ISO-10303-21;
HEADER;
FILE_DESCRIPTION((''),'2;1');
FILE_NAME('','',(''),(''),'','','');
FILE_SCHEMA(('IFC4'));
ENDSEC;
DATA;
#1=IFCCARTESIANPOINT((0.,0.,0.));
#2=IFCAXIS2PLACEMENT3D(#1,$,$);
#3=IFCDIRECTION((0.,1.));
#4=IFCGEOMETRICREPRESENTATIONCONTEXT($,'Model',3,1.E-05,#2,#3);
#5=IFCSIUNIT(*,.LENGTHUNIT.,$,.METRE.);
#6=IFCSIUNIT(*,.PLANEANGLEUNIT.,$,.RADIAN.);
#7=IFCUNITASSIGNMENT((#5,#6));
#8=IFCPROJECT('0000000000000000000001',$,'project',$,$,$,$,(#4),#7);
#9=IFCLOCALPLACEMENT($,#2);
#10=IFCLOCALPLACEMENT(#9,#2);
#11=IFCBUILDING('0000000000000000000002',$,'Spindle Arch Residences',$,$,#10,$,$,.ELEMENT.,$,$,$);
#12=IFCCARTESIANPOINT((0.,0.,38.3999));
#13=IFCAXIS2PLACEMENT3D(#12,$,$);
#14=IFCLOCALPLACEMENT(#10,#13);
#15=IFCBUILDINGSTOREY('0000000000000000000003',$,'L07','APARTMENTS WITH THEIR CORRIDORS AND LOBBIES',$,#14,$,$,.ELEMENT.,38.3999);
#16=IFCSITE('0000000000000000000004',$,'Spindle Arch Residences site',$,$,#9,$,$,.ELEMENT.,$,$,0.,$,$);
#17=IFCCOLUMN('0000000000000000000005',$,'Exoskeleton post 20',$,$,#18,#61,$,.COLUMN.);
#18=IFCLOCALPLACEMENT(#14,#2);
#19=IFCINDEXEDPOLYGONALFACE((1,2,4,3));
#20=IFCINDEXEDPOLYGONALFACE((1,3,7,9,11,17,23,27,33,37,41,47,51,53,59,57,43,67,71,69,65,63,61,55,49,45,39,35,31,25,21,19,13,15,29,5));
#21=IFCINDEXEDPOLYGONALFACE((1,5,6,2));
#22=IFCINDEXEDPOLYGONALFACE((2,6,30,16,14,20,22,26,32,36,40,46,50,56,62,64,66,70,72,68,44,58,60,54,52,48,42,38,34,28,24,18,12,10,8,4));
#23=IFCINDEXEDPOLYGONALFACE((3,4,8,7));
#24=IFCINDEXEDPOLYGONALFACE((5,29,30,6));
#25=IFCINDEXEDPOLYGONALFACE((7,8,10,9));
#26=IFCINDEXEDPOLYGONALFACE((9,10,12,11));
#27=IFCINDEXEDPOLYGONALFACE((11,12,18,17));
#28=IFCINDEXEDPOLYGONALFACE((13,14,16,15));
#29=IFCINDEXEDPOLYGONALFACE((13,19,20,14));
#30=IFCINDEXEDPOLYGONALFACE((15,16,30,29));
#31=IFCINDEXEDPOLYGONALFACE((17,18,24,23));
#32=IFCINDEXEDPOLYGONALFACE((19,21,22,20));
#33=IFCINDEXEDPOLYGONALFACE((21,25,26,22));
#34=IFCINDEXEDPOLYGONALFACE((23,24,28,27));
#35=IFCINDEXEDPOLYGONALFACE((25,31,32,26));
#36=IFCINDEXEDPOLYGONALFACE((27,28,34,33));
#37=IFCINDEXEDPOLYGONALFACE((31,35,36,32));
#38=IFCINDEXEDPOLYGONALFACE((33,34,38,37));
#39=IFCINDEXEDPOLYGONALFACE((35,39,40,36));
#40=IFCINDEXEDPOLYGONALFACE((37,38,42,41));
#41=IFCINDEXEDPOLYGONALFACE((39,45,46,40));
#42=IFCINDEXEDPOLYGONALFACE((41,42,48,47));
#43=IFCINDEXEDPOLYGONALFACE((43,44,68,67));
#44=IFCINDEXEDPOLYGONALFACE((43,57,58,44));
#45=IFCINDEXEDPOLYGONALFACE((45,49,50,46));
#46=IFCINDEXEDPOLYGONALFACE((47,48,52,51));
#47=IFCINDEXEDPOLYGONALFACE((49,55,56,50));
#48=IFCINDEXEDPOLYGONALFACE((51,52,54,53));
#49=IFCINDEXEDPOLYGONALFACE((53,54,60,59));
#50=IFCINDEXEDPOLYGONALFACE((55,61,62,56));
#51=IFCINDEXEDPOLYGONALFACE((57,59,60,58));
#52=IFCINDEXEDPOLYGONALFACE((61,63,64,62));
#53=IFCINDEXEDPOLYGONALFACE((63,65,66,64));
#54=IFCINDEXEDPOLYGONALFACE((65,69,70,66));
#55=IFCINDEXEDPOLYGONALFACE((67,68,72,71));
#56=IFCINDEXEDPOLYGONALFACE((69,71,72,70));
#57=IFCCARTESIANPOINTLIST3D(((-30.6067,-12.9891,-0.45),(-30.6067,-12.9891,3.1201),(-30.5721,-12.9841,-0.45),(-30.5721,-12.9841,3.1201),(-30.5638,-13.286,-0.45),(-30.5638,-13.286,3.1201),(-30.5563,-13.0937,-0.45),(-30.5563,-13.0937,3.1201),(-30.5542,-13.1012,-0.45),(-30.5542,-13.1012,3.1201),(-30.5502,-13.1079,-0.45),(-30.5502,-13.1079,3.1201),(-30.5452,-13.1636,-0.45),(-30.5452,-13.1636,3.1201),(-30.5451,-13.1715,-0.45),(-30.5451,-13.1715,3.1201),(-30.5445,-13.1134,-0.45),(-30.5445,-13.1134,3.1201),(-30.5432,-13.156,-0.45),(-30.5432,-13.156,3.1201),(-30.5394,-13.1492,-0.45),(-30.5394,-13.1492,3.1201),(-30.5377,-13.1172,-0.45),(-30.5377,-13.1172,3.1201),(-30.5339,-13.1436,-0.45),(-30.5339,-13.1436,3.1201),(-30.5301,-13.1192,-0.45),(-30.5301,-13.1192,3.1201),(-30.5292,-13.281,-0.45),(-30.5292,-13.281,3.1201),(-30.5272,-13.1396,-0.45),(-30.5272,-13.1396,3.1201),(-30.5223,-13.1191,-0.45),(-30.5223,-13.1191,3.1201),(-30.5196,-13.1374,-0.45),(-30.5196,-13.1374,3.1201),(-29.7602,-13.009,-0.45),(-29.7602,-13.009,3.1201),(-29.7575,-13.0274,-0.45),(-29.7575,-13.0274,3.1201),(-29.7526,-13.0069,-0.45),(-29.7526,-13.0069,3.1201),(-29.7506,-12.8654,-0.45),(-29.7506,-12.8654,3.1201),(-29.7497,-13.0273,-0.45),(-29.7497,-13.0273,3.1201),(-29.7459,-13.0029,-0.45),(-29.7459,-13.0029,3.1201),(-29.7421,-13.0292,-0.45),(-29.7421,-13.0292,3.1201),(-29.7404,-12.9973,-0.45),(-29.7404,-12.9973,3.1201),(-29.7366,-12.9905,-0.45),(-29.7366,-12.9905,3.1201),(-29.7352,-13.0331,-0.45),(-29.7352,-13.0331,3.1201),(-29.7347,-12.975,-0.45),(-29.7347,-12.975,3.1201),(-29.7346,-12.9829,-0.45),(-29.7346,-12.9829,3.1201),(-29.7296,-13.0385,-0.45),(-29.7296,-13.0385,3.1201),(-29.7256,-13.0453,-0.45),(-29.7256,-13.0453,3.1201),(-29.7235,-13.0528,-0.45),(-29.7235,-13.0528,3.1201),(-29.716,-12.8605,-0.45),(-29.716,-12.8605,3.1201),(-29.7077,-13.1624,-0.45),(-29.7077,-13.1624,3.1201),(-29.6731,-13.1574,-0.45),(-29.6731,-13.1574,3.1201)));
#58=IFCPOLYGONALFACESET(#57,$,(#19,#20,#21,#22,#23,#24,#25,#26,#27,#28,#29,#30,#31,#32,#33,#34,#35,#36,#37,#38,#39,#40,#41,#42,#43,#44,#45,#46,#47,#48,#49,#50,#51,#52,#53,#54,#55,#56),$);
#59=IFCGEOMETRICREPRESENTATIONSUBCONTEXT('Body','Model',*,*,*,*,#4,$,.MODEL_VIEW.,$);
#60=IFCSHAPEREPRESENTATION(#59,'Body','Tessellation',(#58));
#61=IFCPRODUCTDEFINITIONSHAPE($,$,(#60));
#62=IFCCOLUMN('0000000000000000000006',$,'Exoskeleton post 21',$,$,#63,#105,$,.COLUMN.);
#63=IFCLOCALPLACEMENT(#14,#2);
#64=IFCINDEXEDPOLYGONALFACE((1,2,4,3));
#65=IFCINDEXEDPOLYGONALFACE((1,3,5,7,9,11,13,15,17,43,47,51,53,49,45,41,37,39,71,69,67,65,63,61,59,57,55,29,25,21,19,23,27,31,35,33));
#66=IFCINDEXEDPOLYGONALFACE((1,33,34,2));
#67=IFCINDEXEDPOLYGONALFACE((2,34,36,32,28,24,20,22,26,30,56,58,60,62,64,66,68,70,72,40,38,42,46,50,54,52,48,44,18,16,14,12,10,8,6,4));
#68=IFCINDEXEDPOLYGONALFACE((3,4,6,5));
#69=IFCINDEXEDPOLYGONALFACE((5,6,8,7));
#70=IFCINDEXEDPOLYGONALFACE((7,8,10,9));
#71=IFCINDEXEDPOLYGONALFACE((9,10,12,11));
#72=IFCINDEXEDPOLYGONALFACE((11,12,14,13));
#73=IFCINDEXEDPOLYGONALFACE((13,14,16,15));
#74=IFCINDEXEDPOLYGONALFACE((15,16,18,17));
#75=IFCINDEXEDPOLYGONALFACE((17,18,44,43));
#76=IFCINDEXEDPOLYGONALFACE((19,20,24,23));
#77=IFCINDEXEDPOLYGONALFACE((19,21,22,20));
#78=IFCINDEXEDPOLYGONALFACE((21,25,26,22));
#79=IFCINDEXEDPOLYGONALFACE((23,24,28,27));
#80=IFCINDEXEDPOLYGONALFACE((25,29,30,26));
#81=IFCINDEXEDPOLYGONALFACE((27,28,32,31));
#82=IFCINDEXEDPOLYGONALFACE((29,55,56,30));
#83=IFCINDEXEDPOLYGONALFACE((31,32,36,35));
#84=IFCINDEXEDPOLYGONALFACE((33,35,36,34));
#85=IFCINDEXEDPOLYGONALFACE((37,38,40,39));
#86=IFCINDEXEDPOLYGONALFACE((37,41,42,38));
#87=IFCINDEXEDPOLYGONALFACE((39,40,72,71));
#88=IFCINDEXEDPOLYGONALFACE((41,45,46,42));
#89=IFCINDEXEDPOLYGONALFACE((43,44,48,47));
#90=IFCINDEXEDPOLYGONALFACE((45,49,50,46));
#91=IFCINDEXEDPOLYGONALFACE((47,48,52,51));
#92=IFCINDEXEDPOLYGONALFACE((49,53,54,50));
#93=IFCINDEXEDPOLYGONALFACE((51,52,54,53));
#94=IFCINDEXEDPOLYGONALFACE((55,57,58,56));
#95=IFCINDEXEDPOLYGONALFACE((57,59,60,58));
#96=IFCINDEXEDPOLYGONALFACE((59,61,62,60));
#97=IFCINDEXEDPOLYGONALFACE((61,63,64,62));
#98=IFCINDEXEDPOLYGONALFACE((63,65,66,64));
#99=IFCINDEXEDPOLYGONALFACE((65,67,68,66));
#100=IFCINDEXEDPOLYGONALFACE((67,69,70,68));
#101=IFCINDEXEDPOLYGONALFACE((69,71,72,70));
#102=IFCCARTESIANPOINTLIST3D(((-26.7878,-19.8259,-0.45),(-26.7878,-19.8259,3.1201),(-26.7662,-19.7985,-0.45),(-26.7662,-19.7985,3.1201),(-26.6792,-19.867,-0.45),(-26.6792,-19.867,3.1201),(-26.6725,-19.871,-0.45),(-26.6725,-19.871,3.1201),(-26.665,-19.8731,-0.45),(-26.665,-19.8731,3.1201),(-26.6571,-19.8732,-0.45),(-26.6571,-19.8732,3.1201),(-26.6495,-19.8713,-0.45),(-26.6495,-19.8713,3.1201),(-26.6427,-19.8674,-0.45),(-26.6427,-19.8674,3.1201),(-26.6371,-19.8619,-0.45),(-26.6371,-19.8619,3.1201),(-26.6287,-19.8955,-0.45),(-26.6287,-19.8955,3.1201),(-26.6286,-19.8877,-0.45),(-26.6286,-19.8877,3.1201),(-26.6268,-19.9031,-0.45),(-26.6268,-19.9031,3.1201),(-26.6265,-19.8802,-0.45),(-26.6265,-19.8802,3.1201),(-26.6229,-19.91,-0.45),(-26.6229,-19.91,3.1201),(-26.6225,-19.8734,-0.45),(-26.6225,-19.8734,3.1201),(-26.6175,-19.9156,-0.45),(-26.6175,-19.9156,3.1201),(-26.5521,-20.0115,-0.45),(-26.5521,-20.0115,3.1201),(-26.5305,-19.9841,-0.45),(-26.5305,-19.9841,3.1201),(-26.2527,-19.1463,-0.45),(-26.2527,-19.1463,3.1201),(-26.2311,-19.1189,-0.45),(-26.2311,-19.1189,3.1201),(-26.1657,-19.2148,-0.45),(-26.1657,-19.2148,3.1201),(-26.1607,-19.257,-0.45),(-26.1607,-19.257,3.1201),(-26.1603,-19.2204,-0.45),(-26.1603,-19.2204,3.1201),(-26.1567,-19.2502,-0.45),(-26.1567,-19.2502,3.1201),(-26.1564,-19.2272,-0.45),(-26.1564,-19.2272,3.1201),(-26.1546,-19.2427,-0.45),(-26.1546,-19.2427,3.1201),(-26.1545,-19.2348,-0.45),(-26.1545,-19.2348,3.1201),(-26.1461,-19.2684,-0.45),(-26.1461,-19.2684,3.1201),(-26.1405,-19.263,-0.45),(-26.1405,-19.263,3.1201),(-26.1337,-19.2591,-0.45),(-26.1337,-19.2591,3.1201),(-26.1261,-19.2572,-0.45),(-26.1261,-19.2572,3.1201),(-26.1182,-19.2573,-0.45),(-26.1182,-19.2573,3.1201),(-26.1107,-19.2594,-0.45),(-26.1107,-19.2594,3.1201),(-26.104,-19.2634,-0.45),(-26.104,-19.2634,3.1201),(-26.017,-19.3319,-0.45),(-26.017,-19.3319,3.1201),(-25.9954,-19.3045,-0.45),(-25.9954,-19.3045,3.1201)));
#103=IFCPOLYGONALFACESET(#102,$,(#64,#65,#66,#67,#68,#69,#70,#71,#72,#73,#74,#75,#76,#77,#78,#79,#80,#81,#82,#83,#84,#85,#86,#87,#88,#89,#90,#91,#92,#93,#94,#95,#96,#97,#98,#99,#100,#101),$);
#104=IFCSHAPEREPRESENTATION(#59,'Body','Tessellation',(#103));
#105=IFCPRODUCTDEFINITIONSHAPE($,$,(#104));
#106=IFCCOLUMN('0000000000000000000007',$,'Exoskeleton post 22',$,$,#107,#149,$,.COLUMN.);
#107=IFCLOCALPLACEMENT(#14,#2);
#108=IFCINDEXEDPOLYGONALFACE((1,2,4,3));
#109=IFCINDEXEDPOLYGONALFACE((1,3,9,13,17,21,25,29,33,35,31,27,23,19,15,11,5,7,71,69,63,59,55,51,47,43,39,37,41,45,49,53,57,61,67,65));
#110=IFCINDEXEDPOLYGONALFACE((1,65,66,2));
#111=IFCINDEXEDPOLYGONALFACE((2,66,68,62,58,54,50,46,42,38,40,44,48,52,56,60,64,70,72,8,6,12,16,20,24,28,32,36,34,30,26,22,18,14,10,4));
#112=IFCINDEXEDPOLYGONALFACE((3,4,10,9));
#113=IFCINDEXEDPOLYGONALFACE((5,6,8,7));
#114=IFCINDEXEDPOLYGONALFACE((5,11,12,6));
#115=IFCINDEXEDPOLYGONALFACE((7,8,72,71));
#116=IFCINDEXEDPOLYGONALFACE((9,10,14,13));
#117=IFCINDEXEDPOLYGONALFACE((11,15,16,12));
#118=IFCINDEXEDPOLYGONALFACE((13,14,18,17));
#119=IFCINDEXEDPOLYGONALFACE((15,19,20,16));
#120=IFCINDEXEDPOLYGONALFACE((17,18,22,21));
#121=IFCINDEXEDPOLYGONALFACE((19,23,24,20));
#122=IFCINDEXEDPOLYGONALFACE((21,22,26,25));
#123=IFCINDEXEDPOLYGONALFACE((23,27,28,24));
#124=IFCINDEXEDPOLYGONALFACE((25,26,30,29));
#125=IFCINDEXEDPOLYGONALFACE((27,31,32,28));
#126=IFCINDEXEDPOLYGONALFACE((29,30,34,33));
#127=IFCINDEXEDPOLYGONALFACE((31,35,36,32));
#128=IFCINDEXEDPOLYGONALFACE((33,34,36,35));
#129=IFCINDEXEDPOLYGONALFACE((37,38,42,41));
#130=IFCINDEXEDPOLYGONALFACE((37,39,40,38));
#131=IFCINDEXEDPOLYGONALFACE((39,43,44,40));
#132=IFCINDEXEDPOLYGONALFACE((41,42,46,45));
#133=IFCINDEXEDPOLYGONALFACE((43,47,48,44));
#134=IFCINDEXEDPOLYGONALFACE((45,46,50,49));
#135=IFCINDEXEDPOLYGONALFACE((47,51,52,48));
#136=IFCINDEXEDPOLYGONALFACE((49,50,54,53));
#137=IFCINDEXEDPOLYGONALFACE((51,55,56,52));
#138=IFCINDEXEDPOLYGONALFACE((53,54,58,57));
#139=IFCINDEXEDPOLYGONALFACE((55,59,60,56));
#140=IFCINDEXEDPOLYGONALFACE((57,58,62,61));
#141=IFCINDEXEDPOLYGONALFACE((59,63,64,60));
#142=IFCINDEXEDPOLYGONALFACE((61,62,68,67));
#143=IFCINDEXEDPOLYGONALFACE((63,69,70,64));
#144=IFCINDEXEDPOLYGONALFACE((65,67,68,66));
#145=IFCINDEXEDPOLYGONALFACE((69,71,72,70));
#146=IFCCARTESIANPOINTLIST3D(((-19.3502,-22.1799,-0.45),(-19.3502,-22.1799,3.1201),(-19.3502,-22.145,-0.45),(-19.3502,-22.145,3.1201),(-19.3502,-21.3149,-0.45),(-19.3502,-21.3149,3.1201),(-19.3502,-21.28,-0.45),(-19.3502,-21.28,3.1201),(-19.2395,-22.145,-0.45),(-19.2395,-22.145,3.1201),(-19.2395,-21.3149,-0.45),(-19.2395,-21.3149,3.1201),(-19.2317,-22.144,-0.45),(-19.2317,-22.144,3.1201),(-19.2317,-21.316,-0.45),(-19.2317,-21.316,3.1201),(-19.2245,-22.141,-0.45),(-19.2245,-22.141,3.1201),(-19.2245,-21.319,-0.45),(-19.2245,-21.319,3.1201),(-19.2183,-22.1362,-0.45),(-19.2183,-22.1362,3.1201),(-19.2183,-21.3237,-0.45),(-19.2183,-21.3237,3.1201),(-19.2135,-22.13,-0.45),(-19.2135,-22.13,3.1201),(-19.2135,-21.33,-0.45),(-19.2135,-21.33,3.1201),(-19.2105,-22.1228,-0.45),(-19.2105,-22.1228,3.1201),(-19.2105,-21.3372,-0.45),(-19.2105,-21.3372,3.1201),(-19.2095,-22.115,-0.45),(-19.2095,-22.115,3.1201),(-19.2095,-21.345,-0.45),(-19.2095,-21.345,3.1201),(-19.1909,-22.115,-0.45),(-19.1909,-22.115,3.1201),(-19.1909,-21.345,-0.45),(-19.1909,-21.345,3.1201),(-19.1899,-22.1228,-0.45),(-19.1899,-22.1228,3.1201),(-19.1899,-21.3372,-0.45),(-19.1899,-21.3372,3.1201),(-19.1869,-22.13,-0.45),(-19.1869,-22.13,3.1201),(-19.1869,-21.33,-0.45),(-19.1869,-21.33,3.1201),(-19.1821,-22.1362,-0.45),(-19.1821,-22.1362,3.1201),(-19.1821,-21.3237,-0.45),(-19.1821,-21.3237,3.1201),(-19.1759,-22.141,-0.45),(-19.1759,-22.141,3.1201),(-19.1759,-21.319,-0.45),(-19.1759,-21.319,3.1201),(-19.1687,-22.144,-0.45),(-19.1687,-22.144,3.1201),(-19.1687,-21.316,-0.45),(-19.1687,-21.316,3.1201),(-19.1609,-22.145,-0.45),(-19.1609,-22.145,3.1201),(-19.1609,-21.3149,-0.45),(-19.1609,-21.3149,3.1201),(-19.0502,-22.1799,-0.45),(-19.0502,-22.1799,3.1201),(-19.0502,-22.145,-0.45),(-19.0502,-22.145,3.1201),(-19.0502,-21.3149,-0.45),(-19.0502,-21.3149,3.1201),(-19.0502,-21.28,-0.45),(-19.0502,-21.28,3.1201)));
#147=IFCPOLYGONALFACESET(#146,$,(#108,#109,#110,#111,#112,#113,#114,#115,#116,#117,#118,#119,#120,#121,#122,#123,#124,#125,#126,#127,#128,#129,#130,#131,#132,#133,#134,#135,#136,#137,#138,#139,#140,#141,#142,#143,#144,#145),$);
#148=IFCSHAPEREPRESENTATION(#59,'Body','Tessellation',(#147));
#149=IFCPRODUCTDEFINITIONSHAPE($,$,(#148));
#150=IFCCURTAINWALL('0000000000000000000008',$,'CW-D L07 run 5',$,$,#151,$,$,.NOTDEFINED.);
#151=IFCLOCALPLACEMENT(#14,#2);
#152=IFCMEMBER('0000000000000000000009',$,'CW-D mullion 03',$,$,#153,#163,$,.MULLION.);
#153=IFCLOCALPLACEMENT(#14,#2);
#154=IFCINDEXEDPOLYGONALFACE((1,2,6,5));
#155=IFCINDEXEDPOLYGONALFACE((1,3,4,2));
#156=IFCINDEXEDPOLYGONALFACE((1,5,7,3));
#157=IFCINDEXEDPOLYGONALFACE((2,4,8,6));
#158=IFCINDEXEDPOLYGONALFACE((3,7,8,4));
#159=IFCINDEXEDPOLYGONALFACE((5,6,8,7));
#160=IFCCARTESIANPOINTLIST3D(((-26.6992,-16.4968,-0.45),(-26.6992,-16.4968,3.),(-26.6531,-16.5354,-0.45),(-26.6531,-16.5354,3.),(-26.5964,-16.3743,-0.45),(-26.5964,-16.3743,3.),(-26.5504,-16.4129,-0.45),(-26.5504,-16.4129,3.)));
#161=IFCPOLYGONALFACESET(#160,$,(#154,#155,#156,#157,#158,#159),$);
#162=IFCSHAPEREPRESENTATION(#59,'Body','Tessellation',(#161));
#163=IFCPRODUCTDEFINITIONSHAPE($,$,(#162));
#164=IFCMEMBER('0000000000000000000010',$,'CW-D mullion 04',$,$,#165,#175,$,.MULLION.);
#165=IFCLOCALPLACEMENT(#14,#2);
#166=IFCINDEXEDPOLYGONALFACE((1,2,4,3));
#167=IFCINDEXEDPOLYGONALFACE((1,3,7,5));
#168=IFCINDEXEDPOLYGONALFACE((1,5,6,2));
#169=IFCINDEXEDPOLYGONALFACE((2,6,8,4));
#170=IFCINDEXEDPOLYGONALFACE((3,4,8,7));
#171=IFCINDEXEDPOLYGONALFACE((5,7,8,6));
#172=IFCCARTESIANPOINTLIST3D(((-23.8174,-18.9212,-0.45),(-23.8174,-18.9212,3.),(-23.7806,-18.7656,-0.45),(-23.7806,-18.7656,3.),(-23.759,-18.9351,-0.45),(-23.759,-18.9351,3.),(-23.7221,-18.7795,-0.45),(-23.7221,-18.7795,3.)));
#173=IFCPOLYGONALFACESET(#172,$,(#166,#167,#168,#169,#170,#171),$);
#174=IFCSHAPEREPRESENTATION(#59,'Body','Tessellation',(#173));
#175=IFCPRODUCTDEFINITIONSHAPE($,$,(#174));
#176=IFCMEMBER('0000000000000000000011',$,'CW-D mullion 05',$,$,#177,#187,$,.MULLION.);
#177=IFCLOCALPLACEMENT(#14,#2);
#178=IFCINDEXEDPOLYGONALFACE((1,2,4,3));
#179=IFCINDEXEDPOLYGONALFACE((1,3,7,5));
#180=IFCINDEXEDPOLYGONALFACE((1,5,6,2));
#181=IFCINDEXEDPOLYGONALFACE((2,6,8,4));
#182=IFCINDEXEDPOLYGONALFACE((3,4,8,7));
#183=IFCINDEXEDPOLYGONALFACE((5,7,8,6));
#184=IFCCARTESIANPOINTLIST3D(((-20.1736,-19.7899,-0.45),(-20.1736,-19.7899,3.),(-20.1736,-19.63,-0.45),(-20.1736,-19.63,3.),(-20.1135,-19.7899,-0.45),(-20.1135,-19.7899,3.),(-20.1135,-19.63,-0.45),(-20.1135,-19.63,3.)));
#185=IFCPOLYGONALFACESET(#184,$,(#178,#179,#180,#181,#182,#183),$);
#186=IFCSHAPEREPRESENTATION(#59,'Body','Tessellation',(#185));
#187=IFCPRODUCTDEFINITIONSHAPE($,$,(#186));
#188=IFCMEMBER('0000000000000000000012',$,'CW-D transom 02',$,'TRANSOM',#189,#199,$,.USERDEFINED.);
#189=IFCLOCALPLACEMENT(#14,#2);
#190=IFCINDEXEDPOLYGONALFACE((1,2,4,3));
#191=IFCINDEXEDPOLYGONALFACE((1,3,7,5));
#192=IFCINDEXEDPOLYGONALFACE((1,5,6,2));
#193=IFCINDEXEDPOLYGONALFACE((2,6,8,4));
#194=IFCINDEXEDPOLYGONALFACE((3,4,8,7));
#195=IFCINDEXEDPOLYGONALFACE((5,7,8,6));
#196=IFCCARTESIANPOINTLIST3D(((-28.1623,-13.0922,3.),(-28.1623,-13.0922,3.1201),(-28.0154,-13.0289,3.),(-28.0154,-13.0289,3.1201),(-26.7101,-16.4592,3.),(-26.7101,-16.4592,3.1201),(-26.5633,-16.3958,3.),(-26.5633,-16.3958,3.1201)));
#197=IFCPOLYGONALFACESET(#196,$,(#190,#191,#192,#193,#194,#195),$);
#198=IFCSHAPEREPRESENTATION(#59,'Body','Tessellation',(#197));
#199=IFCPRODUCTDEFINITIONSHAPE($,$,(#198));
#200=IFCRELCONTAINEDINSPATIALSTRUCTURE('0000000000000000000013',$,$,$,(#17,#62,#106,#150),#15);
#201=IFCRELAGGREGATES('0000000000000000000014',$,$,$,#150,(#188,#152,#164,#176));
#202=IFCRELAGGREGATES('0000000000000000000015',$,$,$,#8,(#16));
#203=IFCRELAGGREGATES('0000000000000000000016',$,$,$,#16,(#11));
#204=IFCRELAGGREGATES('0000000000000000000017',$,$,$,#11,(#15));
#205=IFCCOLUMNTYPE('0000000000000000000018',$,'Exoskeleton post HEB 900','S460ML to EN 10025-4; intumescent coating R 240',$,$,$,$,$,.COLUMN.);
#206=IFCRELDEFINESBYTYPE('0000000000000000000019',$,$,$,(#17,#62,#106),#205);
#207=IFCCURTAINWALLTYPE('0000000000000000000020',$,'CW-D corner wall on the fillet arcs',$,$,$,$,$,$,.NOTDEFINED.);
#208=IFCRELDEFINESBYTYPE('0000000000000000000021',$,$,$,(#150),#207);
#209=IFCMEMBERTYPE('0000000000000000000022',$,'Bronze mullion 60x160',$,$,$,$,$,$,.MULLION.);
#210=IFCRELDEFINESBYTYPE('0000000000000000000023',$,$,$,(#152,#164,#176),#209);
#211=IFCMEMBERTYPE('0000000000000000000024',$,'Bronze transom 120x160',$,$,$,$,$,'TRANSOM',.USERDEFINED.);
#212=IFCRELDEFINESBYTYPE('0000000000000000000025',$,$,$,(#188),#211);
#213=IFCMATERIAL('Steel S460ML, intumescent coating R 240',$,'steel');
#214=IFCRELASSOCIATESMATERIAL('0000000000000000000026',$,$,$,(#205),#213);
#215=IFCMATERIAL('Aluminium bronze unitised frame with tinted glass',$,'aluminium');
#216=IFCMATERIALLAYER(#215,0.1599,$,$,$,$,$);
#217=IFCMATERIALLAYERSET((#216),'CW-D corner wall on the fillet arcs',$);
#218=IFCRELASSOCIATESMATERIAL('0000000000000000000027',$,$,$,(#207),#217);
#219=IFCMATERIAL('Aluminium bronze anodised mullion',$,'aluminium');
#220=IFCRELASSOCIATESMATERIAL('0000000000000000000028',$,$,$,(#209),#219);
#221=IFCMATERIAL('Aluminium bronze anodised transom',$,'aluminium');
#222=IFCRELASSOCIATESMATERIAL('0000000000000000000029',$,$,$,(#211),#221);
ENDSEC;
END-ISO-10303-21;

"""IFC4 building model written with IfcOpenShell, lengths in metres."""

from ifc_helpers import new_model, si_unit, direction, frame, origin, origin_2d, place, context, subcontext, project, spatial, rectangle, i_section, extrude, material, layer, layer_set, material_profile, profile_set, type_object, element, aggregate, save


model = new_model("IFC4")

# Units and contexts
model_context = context("Model", 3, precision=1e-05, world=origin(), true_north=direction((0.0, 1.0)))
body_context = subcontext(model_context, "Body", "Model", "MODEL_VIEW")
ifc_project = project(units=[si_unit("LENGTHUNIT", "METRE"), si_unit("PLANEANGLEUNIT", "RADIAN")], contexts=[model_context])

# Site, building, storey
site_placement = place(None, origin())
site = spatial("IfcSite", under=ifc_project, at=site_placement, Name="Spindle Arch Residences site", CompositionType="ELEMENT", RefElevation=0.0)
building_placement = place(site_placement, origin())
building = spatial("IfcBuilding", under=site, at=building_placement, Name="Spindle Arch Residences", CompositionType="ELEMENT")
storey_placement = place(building_placement, frame((0.0, 0.0, 38.3999)))
storey = spatial("IfcBuildingStorey", under=building, at=storey_placement, Name="L07", Description="APARTMENTS WITH THEIR CORRIDORS AND LOBBIES", CompositionType="ELEMENT", Elevation=38.3999)

# Columns
ifc_material_1 = material(Name="Steel S460ML, intumescent coating R 240", Category="steel")
ifc_material_profile_1 = material_profile(ifc_material_1, i_section(OverallWidth=0.3, OverallDepth=0.8999, WebThickness=0.0186, FlangeThickness=0.0349, FilletRadius=0.03, at=origin_2d()), Name="HEB 900")
ifc_profile_set_1 = profile_set([ifc_material_profile_1], Name="Steel S460ML, intumescent coating R 240")
column_type = type_object("IfcColumnType", Name="Exoskeleton post HEB 900", Description="S460ML to EN 10025-4; intumescent coating R 240", PredefinedType="COLUMN", material=ifc_profile_set_1)
for number, where, z_axis, x_axis, name in (
    (1, (-30.1399, -13.0732, -0.45), (0.0, 0.0, 1.0), (-0.142906, 0.989736, 0.0), "Exoskeleton post 20"),
    (2, (-26.3916, -19.5652, -0.45), (0.0, 0.0, 1.0), (-0.785684, 0.618629, 0.0), "Exoskeleton post 21"),
    (3, (-19.2002, -21.73, -0.45), (0.0, 0.0, 1.0), (-1.0, 0.0, 0.0), "Exoskeleton post 22"),
):
    element("IfcColumn", number, at=place(storey_placement, frame(where, z_axis=z_axis, x_axis=x_axis)), inside=storey, type_object=column_type, Name=name, PredefinedType="COLUMN", context=body_context, shape_type="SweptSolid", body=[
        extrude(i_section(OverallWidth=0.3, OverallDepth=0.8999, WebThickness=0.0186, FlangeThickness=0.0349, FilletRadius=0.03, at=origin_2d()), origin(), (0.0, 0.0, 1.0), 3.5701),
    ])

# Curtain wall, members
ifc_material_2 = material(Name="Aluminium bronze unitised frame with tinted glass", Category="aluminium")
ifc_layer_1 = layer(ifc_material_2, 0.1599)
ifc_layer_set_1 = layer_set([ifc_layer_1], Name="CW-D corner wall on the fillet arcs")
curtain_wall_type = type_object("IfcCurtainWallType", Name="CW-D corner wall on the fillet arcs", PredefinedType="NOTDEFINED", material=ifc_layer_set_1)
curtain_wall_placement = place(storey_placement, origin())
curtain_wall = element("IfcCurtainWall", 4, at=curtain_wall_placement, inside=storey, type_object=curtain_wall_type, Name="CW-D L07 run 5", PredefinedType="NOTDEFINED")
ifc_material_3 = material(Name="Aluminium bronze anodised mullion", Category="aluminium")
ifc_material_profile_2 = material_profile(ifc_material_3, rectangle(XDim=0.1599, YDim=0.0601, at=origin_2d()), Name="MU 60x160")
ifc_profile_set_2 = profile_set([ifc_material_profile_2], Name="Aluminium bronze anodised mullion")
member_type_1 = type_object("IfcMemberType", Name="Bronze mullion 60x160", PredefinedType="MULLION", material=ifc_profile_set_2)
member_1_placement = place(storey_placement, frame((-26.6248, -16.4548, -0.45), z_axis=(0.0, 0.0, 1.0), x_axis=(0.642788, 0.766044, 0.0)))
member_1 = element("IfcMember", 5, at=member_1_placement, type_object=member_type_1, Name="CW-D mullion 03", PredefinedType="MULLION", context=body_context, shape_type="SweptSolid", body=[
    extrude(rectangle(XDim=0.1599, YDim=0.0601, at=origin_2d()), origin(), (0.0, 0.0, 1.0), 3.45),
])
member_2_placement = place(storey_placement, frame((-23.7698, -18.8503, -0.45), z_axis=(0.0, 0.0, 1.0), x_axis=(0.230616, 0.973045, 0.0)))
member_2 = element("IfcMember", 6, at=member_2_placement, type_object=member_type_1, Name="CW-D mullion 04", PredefinedType="MULLION", context=body_context, shape_type="SweptSolid", body=[
    extrude(rectangle(XDim=0.1599, YDim=0.0601, at=origin_2d()), origin(), (0.0, 0.0, 1.0), 3.45),
])
member_3_placement = place(storey_placement, frame((-20.1436, -19.71, -0.45), z_axis=(0.0, 0.0, 1.0), x_axis=(0.0, 1.0, 0.0)))
member_3 = element("IfcMember", 7, at=member_3_placement, type_object=member_type_1, Name="CW-D mullion 05", PredefinedType="MULLION", context=body_context, shape_type="SweptSolid", body=[
    extrude(rectangle(XDim=0.1599, YDim=0.0601, at=origin_2d()), origin(), (0.0, 0.0, 1.0), 3.45),
])
ifc_material_4 = material(Name="Aluminium bronze anodised transom", Category="aluminium")
ifc_material_profile_3 = material_profile(ifc_material_4, rectangle(XDim=0.1599, YDim=0.1201, at=origin_2d()), Name="TR 120x160")
ifc_profile_set_3 = profile_set([ifc_material_profile_3], Name="Aluminium bronze anodised transom")
member_type_2 = type_object("IfcMemberType", Name="Bronze transom 120x160", ElementType="TRANSOM", PredefinedType="USERDEFINED", material=ifc_profile_set_3)
member_4_placement = place(storey_placement, frame((-28.0889, -13.0605, 3.0601), z_axis=(0.396032, -0.918237, 0.0), x_axis=(0.918237, 0.396032, 0.0)))
member_4 = element("IfcMember", 8, at=member_4_placement, type_object=member_type_2, Name="CW-D transom 02", ObjectType="TRANSOM", PredefinedType="USERDEFINED", context=body_context, shape_type="SweptSolid", body=[
    extrude(rectangle(XDim=0.1599, YDim=0.1201, at=origin_2d()), origin(), (0.0, 0.0, 1.0), 3.6667),
])

aggregate(curtain_wall, [member_4, member_1, member_2, member_3])

save(model, "model.ifc")
